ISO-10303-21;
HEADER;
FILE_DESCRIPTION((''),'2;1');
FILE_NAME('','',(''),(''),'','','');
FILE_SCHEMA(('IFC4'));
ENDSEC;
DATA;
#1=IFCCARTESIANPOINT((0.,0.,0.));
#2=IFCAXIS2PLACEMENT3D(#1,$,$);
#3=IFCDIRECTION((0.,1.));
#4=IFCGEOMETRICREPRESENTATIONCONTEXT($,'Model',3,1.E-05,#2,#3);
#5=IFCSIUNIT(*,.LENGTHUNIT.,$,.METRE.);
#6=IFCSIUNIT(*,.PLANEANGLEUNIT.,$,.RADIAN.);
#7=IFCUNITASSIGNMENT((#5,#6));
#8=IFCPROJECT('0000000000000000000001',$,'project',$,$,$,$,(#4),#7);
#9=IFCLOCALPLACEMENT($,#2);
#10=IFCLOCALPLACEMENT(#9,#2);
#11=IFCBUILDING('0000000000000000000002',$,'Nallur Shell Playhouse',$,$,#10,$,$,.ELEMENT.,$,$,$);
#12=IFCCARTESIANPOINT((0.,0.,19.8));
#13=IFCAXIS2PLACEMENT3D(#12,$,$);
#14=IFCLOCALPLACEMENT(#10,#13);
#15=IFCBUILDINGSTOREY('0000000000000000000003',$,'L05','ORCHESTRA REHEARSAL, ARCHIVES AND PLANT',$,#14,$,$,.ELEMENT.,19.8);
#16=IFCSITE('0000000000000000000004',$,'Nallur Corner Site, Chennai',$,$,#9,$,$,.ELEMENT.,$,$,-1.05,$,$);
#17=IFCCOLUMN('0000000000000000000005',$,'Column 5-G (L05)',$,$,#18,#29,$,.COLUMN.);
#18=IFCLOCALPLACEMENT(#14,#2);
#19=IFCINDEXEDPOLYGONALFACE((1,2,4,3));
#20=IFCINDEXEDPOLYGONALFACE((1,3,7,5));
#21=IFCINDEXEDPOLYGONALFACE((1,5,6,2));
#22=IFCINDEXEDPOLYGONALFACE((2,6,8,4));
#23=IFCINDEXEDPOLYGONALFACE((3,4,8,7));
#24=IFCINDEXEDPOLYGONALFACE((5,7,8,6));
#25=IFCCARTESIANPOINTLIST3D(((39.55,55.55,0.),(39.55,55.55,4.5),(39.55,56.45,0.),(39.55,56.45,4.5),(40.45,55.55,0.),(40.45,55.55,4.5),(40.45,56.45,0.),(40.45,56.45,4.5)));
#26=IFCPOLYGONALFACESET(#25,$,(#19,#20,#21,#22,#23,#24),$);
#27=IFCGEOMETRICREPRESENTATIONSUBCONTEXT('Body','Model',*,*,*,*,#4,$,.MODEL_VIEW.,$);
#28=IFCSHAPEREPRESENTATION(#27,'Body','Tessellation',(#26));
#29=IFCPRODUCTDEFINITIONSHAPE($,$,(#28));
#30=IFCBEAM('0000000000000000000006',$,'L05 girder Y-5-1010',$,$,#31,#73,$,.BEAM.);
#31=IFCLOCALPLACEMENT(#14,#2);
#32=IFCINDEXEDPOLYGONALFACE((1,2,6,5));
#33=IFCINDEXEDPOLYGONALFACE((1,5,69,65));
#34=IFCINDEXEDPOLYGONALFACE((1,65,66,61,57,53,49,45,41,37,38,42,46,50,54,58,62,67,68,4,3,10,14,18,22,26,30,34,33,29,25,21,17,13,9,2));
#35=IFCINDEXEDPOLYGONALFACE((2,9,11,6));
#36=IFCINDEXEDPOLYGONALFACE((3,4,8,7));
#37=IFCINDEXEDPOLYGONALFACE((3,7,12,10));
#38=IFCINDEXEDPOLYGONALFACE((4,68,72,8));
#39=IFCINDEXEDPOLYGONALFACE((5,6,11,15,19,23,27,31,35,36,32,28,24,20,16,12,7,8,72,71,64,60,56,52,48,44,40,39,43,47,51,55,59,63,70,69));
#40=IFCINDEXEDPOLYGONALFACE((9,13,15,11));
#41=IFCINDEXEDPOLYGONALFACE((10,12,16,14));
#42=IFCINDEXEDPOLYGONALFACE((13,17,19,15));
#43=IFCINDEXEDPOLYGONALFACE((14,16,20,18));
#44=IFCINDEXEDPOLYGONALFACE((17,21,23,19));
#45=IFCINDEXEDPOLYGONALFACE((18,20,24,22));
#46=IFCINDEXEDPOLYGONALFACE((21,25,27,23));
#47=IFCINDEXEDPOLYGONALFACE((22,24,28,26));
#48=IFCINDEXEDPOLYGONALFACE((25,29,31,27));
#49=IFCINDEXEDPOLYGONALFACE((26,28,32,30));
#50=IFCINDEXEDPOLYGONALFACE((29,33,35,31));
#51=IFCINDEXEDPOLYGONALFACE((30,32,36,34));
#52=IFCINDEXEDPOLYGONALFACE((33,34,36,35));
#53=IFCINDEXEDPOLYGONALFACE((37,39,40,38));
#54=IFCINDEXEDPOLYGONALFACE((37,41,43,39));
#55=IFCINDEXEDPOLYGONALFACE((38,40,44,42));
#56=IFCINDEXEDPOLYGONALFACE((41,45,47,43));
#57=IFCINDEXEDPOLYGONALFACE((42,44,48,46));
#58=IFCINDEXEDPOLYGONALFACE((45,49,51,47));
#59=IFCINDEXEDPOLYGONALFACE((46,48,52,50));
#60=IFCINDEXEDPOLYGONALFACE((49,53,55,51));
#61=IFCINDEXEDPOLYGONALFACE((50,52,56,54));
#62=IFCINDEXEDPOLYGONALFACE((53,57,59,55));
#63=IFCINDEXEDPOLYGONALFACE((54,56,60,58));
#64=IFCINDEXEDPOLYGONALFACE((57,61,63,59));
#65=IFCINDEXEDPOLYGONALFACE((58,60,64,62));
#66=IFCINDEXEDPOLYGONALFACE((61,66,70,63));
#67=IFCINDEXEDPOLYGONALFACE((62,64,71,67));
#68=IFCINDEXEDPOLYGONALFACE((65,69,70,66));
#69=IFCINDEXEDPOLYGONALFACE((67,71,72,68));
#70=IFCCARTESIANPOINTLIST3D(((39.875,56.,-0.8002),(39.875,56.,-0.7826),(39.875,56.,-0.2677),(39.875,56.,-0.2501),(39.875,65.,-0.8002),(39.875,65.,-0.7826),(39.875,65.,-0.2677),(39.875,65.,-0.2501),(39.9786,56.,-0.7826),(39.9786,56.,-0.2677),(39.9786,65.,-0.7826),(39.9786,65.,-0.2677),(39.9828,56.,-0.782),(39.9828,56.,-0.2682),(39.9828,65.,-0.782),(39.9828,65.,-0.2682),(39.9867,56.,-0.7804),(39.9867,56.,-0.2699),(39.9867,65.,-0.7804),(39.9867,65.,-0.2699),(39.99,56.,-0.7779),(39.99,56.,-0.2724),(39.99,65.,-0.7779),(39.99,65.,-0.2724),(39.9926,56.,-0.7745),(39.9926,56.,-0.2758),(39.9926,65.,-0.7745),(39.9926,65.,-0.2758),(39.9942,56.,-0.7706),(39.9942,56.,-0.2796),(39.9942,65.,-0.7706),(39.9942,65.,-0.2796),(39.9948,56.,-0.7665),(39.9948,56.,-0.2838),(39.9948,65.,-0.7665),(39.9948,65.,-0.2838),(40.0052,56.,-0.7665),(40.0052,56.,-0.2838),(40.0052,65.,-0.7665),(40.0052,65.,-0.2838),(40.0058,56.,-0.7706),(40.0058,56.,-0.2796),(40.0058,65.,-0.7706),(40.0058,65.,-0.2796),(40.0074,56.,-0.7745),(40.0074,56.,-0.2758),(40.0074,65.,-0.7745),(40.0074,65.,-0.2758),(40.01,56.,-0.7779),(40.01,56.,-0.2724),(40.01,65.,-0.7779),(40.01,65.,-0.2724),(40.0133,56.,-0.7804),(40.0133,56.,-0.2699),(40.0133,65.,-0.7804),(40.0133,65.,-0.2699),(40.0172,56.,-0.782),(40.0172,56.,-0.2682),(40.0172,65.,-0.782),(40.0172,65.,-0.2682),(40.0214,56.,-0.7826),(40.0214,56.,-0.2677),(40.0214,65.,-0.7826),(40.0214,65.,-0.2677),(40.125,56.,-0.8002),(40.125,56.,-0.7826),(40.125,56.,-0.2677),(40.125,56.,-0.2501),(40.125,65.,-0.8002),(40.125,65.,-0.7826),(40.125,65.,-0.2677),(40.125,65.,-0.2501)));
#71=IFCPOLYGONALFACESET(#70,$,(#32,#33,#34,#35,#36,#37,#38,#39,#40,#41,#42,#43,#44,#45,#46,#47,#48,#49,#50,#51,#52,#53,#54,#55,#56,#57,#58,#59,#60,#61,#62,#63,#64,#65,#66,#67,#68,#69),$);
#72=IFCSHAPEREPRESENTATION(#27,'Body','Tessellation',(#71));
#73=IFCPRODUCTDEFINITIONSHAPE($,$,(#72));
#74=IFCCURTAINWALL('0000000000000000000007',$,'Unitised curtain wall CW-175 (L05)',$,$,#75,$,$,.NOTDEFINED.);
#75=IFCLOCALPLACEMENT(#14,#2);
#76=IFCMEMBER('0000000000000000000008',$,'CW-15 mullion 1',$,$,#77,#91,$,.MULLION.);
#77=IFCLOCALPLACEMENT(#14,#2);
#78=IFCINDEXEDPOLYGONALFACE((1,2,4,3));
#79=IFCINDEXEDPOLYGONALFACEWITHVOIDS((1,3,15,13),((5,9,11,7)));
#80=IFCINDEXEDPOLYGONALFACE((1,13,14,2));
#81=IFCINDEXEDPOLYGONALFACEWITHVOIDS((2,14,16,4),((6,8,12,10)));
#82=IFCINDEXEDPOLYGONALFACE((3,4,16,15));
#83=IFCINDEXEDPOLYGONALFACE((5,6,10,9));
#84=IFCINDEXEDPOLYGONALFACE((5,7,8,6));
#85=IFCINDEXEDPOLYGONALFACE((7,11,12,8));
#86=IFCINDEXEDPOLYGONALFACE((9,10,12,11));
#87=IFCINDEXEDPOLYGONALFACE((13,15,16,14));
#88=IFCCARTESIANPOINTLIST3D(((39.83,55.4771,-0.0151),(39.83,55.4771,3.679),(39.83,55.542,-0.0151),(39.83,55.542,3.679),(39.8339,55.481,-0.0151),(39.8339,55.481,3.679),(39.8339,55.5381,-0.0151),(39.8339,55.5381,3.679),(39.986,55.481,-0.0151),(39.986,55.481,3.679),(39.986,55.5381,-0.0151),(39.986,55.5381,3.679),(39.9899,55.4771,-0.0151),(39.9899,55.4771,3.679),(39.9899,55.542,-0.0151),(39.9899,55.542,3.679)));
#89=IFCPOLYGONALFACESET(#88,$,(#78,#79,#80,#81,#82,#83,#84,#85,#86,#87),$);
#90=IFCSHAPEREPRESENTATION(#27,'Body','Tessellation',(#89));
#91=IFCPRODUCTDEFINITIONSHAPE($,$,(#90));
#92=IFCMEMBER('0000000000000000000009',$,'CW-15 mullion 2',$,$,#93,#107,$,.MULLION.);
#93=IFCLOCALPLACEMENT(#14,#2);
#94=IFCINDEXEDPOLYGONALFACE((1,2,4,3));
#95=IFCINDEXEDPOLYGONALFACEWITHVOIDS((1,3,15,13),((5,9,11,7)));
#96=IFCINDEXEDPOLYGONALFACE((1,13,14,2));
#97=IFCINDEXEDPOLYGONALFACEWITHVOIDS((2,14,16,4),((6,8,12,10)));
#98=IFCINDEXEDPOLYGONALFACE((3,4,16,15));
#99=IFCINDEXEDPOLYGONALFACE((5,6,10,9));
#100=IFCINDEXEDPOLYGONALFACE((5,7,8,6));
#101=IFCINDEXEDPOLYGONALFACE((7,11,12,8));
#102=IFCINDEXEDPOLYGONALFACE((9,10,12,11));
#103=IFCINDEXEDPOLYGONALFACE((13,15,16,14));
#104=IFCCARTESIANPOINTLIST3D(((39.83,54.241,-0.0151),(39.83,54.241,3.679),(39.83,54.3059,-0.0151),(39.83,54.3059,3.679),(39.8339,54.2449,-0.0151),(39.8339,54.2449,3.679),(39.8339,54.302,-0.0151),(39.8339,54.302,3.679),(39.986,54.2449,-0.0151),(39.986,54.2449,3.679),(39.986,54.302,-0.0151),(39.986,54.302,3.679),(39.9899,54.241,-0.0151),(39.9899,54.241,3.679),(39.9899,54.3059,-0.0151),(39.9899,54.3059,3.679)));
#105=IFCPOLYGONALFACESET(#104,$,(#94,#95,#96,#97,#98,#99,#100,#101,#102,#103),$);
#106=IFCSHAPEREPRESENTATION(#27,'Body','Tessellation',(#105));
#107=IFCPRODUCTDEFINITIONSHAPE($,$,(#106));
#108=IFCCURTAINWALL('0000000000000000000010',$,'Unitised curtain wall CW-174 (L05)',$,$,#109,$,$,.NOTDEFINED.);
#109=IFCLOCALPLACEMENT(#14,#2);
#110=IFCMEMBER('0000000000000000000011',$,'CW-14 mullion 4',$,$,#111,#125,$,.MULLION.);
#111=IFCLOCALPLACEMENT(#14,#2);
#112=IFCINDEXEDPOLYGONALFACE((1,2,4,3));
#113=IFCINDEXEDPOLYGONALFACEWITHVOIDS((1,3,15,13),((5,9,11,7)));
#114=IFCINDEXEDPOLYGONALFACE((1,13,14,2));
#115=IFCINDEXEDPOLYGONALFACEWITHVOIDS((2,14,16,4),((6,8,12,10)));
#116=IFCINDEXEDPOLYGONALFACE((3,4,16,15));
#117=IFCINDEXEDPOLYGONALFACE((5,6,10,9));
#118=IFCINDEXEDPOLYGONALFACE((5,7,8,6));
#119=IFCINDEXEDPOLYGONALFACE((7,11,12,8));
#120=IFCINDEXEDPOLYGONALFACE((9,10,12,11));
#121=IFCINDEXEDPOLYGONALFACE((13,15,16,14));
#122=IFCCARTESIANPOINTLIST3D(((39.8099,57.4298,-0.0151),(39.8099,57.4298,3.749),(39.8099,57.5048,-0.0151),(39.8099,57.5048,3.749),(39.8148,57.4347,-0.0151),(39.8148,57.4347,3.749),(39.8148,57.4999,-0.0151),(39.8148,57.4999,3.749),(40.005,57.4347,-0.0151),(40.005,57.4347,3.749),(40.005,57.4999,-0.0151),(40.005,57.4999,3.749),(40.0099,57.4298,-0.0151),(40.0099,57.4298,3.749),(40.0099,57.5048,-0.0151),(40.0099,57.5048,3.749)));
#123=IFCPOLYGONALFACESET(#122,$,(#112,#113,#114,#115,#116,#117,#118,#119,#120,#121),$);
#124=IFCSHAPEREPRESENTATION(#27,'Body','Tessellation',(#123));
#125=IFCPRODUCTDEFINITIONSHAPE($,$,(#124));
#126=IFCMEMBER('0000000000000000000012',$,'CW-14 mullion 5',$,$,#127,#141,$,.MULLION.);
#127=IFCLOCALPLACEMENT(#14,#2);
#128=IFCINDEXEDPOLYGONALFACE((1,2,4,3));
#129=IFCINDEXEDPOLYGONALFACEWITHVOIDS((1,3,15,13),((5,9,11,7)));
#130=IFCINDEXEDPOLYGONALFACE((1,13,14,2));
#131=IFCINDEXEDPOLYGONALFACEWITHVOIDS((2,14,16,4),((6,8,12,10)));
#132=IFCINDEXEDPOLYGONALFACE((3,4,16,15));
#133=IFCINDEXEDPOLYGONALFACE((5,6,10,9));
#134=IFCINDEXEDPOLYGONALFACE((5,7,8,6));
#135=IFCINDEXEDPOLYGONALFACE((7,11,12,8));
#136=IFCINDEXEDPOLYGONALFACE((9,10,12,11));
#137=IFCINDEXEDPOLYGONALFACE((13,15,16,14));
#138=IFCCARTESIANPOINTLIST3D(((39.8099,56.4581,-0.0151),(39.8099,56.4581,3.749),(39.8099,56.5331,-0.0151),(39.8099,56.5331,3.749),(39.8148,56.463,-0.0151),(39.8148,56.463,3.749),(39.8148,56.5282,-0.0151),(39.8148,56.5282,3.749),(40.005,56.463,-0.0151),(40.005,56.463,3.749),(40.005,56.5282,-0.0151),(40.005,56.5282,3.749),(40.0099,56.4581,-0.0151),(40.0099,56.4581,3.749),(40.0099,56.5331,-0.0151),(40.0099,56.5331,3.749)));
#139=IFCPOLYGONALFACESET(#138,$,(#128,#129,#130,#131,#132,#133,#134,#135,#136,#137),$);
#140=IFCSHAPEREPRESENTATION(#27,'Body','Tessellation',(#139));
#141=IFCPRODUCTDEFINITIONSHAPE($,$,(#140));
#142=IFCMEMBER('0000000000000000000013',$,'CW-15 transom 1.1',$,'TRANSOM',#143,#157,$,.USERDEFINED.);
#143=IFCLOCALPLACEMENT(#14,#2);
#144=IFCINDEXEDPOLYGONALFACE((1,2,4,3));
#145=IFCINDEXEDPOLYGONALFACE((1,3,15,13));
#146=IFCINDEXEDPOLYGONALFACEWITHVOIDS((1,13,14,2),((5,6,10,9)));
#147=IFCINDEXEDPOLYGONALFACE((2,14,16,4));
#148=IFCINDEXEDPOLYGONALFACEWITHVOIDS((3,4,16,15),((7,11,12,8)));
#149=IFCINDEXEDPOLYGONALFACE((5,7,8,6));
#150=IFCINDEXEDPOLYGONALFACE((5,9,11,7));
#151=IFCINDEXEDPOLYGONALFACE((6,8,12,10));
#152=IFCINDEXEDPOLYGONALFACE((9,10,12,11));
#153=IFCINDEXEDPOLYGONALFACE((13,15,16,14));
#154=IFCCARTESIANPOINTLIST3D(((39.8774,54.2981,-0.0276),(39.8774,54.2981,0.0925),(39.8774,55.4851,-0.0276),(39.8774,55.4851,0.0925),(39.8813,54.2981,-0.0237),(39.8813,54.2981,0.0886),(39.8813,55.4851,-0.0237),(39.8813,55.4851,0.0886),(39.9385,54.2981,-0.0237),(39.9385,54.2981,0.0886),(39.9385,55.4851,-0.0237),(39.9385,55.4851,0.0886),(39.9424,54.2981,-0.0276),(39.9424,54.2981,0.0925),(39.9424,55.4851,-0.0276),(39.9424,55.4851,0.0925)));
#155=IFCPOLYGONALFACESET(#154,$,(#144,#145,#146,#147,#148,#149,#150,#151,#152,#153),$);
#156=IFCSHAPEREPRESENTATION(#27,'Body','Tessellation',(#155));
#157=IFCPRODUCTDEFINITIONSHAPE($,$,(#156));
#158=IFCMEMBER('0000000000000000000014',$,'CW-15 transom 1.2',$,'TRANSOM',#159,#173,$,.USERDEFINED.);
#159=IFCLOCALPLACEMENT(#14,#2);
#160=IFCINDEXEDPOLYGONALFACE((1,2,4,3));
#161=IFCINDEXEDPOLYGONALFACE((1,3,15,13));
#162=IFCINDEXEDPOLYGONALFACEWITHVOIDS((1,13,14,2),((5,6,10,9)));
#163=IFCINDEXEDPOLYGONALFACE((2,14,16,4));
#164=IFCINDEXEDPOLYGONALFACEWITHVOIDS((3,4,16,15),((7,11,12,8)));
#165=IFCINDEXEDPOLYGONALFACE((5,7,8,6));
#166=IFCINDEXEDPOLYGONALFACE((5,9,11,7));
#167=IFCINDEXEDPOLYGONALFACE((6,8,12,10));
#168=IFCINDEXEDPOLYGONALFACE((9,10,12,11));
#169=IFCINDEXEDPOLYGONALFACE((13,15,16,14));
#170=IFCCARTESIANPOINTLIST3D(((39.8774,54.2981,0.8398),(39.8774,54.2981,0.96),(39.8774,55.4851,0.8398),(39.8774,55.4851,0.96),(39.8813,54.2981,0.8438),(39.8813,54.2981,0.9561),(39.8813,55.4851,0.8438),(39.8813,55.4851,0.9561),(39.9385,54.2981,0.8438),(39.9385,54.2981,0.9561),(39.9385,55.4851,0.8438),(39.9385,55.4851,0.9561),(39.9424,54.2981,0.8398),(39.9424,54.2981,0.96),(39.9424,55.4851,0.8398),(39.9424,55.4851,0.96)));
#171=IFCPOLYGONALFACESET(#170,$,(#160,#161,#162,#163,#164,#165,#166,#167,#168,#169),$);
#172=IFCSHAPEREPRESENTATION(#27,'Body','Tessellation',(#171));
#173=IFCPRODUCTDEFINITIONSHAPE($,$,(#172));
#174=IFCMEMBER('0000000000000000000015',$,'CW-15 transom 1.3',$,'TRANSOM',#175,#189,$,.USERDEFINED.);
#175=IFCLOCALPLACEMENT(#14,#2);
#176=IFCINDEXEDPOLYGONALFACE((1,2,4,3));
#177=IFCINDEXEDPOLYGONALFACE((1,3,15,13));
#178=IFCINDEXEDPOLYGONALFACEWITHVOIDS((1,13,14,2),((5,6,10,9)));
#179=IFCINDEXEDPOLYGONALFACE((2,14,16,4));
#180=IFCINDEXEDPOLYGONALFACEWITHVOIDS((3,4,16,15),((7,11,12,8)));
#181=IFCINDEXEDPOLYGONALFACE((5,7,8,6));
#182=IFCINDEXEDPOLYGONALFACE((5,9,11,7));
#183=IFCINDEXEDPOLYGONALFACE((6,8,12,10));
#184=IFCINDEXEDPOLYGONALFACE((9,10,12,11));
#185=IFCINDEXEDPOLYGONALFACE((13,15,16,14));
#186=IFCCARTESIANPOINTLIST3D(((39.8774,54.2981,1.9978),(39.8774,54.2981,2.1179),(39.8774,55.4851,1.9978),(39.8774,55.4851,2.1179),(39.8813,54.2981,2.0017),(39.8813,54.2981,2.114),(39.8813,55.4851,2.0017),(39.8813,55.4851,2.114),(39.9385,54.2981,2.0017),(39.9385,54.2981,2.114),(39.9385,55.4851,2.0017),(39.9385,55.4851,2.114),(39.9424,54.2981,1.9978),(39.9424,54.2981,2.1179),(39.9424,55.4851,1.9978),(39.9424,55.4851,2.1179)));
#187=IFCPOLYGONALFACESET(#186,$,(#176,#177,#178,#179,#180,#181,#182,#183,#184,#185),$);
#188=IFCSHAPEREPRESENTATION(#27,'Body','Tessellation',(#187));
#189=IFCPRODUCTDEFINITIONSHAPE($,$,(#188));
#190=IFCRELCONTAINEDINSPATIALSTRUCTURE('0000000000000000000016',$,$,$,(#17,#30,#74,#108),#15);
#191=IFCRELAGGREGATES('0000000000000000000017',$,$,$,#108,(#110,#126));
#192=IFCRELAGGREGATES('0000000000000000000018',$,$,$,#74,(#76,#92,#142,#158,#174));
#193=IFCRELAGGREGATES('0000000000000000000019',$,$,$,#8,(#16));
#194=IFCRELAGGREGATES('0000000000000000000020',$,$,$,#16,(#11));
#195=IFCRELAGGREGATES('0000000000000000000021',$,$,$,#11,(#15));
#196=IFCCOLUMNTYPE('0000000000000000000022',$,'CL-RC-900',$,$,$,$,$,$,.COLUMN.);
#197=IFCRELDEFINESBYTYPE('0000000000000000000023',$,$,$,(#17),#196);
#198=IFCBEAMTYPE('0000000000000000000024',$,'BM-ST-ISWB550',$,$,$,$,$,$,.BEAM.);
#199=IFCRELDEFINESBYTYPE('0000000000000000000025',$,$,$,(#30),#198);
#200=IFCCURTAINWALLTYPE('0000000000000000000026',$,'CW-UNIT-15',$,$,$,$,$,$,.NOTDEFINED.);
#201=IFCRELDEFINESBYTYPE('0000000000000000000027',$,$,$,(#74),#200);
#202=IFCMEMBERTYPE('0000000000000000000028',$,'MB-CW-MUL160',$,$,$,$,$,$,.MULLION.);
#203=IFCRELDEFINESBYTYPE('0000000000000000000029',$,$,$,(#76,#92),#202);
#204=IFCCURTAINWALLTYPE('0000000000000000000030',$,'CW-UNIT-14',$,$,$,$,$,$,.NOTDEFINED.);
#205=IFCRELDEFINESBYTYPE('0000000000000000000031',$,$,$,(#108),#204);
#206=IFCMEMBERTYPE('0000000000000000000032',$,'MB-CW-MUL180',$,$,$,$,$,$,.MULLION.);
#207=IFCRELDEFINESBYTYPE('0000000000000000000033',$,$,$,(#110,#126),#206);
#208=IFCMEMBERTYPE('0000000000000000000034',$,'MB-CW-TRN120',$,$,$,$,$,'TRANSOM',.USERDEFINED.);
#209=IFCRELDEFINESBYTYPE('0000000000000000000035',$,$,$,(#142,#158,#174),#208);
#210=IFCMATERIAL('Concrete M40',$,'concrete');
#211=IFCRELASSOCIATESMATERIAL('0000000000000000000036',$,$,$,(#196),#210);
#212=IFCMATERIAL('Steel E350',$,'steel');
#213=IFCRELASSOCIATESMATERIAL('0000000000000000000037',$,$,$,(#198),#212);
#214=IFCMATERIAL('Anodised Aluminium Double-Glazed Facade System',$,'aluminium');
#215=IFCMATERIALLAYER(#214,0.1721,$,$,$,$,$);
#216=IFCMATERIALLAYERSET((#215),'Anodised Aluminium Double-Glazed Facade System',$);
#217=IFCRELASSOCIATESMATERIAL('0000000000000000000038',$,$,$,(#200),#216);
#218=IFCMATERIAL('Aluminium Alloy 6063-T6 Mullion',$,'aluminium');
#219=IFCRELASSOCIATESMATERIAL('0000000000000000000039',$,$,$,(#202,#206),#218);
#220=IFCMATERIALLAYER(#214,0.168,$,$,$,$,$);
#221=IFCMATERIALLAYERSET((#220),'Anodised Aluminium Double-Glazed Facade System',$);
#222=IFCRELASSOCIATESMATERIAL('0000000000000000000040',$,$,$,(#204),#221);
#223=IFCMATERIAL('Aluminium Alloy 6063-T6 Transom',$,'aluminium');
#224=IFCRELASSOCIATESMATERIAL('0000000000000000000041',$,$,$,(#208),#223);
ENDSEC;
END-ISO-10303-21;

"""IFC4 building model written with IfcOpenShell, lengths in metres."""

from ifc_helpers import new_model, si_unit, direction, frame, origin, origin_2d, place, context, subcontext, project, spatial, rectangle, hollow_rectangle, i_section, extrude, material, layer, layer_set, material_profile, profile_set, type_object, element, aggregate, save


model = new_model("IFC4")

# Units and contexts
model_context = context("Model", 3, precision=1e-05, world=origin(), true_north=direction((0.0, 1.0)))
body_context = subcontext(model_context, "Body", "Model", "MODEL_VIEW")
ifc_project = project(units=[si_unit("LENGTHUNIT", "METRE"), si_unit("PLANEANGLEUNIT", "RADIAN")], contexts=[model_context])

# Site, building, storey
site_placement = place(None, origin())
site = spatial("IfcSite", under=ifc_project, at=site_placement, Name="Nallur Corner Site, Chennai", CompositionType="ELEMENT", RefElevation=-1.05)
building_placement = place(site_placement, origin())
building = spatial("IfcBuilding", under=site, at=building_placement, Name="Nallur Shell Playhouse", CompositionType="ELEMENT")
storey_placement = place(building_placement, frame((0.0, 0.0, 19.8)))
storey = spatial("IfcBuildingStorey", under=building, at=storey_placement, Name="L05", Description="ORCHESTRA REHEARSAL, ARCHIVES AND PLANT", CompositionType="ELEMENT", Elevation=19.8)

# Column
ifc_material_1 = material(Name="Concrete M40", Category="concrete")
ifc_material_profile_1 = material_profile(ifc_material_1, rectangle(XDim=0.8999, YDim=0.8999, at=origin_2d()), Name="RC 900x900")
ifc_profile_set_1 = profile_set([ifc_material_profile_1], Name="Concrete M40")
column_type = type_object("IfcColumnType", Name="CL-RC-900", PredefinedType="COLUMN", material=ifc_profile_set_1)
column_placement = place(storey_placement, frame((40.0, 56.0, 0.0), z_axis=(0.0, 0.0, 1.0), x_axis=(1.0, 0.0, 0.0)))
element("IfcColumn", 1, at=column_placement, inside=storey, type_object=column_type, Name="Column 5-G (L05)", PredefinedType="COLUMN", context=body_context, shape_type="SweptSolid", body=[
    extrude(rectangle(XDim=0.8999, YDim=0.8999, at=origin_2d()), origin(), (0.0, 0.0, 1.0), 4.5),
])

# Beam
ifc_material_2 = material(Name="Steel E350", Category="steel")
ifc_material_profile_2 = material_profile(ifc_material_2, i_section(OverallWidth=0.25, OverallDepth=0.55, WebThickness=0.0105, FlangeThickness=0.0176, FilletRadius=0.0161, at=origin_2d()), Name="ISWB 550")
ifc_profile_set_2 = profile_set([ifc_material_profile_2], Name="Steel E350")
beam_type = type_object("IfcBeamType", Name="BM-ST-ISWB550", PredefinedType="BEAM", material=ifc_profile_set_2)
beam_placement = place(storey_placement, frame((40.0, 56.0, -0.5251), z_axis=(0.0, 1.0, 0.0), x_axis=(-1.0, 0.0, 0.0)))
element("IfcBeam", 2, at=beam_placement, inside=storey, type_object=beam_type, Name="L05 girder Y-5-1010", PredefinedType="BEAM", context=body_context, shape_type="SweptSolid", body=[
    extrude(i_section(OverallWidth=0.25, OverallDepth=0.55, WebThickness=0.0105, FlangeThickness=0.0176, FilletRadius=0.0161, at=origin_2d()), origin(), (0.0, 0.0, 1.0), 9.0),
])

# Curtain walls, members
ifc_material_3 = material(Name="Anodised Aluminium Double-Glazed Facade System", Category="aluminium")
ifc_layer_1 = layer(ifc_material_3, 0.1721)
ifc_layer_set_1 = layer_set([ifc_layer_1], Name="Anodised Aluminium Double-Glazed Facade System")
curtain_wall_type_1 = type_object("IfcCurtainWallType", Name="CW-UNIT-15", PredefinedType="NOTDEFINED", material=ifc_layer_set_1)
curtain_wall_1_placement = place(storey_placement, origin())
curtain_wall_1 = element("IfcCurtainWall", 3, at=curtain_wall_1_placement, inside=storey, type_object=curtain_wall_type_1, Name="Unitised curtain wall CW-175 (L05)", PredefinedType="NOTDEFINED")
ifc_material_4 = material(Name="Aluminium Alloy 6063-T6 Mullion", Category="aluminium")
ifc_material_profile_3 = material_profile(ifc_material_4, hollow_rectangle(XDim=0.0649, YDim=0.1599, WallThickness=0.0039, at=origin_2d()), Name="ALU 65x160x4")
ifc_profile_set_3 = profile_set([ifc_material_profile_3], Name="Aluminium Alloy 6063-T6 Mullion")
member_type_1 = type_object("IfcMemberType", Name="MB-CW-MUL160", PredefinedType="MULLION", material=ifc_profile_set_3)
member_1_placement = place(storey_placement, frame((39.9099, 55.5095, -0.0151), z_axis=(0.0, 0.0, 1.0), x_axis=(0.0, -1.0, 0.0)))
member_1 = element("IfcMember", 4, at=member_1_placement, type_object=member_type_1, Name="CW-15 mullion 1", PredefinedType="MULLION", context=body_context, shape_type="SweptSolid", body=[
    extrude(hollow_rectangle(XDim=0.0649, YDim=0.1599, WallThickness=0.0039, at=origin_2d()), origin(), (0.0, 0.0, 1.0), 3.6941),
])
member_2_placement = place(storey_placement, frame((39.9099, 54.2734, -0.0151), z_axis=(0.0, 0.0, 1.0), x_axis=(0.0, -1.0, 0.0)))
member_2 = element("IfcMember", 5, at=member_2_placement, type_object=member_type_1, Name="CW-15 mullion 2", PredefinedType="MULLION", context=body_context, shape_type="SweptSolid", body=[
    extrude(hollow_rectangle(XDim=0.0649, YDim=0.1599, WallThickness=0.0039, at=origin_2d()), origin(), (0.0, 0.0, 1.0), 3.6941),
])
ifc_layer_2 = layer(ifc_material_3, 0.168)
ifc_layer_set_2 = layer_set([ifc_layer_2], Name="Anodised Aluminium Double-Glazed Facade System")
curtain_wall_type_2 = type_object("IfcCurtainWallType", Name="CW-UNIT-14", PredefinedType="NOTDEFINED", material=ifc_layer_set_2)
curtain_wall_2_placement = place(storey_placement, origin())
curtain_wall_2 = element("IfcCurtainWall", 6, at=curtain_wall_2_placement, inside=storey, type_object=curtain_wall_type_2, Name="Unitised curtain wall CW-174 (L05)", PredefinedType="NOTDEFINED")
ifc_material_profile_4 = material_profile(ifc_material_4, hollow_rectangle(XDim=0.075, YDim=0.2, WallThickness=0.0049, at=origin_2d()), Name="ALU 75x200x5")
ifc_profile_set_4 = profile_set([ifc_material_profile_4], Name="Aluminium Alloy 6063-T6 Mullion")
member_type_2 = type_object("IfcMemberType", Name="MB-CW-MUL180", PredefinedType="MULLION", material=ifc_profile_set_4)
member_3_placement = place(storey_placement, frame((39.9099, 57.4673, -0.0151), z_axis=(0.0, 0.0, 1.0), x_axis=(0.0, -1.0, 0.0)))
member_3 = element("IfcMember", 7, at=member_3_placement, type_object=member_type_2, Name="CW-14 mullion 4", PredefinedType="MULLION", context=body_context, shape_type="SweptSolid", body=[
    extrude(hollow_rectangle(XDim=0.075, YDim=0.2, WallThickness=0.0049, at=origin_2d()), origin(), (0.0, 0.0, 1.0), 3.7642),
])
member_4_placement = place(storey_placement, frame((39.9099, 56.4956, -0.0151), z_axis=(0.0, 0.0, 1.0), x_axis=(0.0, -1.0, 0.0)))
member_4 = element("IfcMember", 8, at=member_4_placement, type_object=member_type_2, Name="CW-14 mullion 5", PredefinedType="MULLION", context=body_context, shape_type="SweptSolid", body=[
    extrude(hollow_rectangle(XDim=0.075, YDim=0.2, WallThickness=0.0049, at=origin_2d()), origin(), (0.0, 0.0, 1.0), 3.7642),
])

# Members
ifc_material_5 = material(Name="Aluminium Alloy 6063-T6 Transom", Category="aluminium")
ifc_material_profile_5 = material_profile(ifc_material_5, hollow_rectangle(XDim=0.0649, YDim=0.1201, WallThickness=0.0039, at=origin_2d()), Name="ALU 65x120x4")
ifc_profile_set_5 = profile_set([ifc_material_profile_5], Name="Aluminium Alloy 6063-T6 Transom")
member_type_3 = type_object("IfcMemberType", Name="MB-CW-TRN120", ElementType="TRANSOM", PredefinedType="USERDEFINED", material=ifc_profile_set_5)
member_5_placement = place(storey_placement, frame((39.9099, 55.4851, 0.0325), z_axis=(0.0, -1.0, 0.0), x_axis=(1.0, 0.0, 0.0)))
member_5 = element("IfcMember", 9, at=member_5_placement, type_object=member_type_3, Name="CW-15 transom 1.1", ObjectType="TRANSOM", PredefinedType="USERDEFINED", context=body_context, shape_type="SweptSolid", body=[
    extrude(hollow_rectangle(XDim=0.0649, YDim=0.1201, WallThickness=0.0039, at=origin_2d()), origin(), (0.0, 0.0, 1.0), 1.187),
])
member_6_placement = place(storey_placement, frame((39.9099, 55.4851, 0.8999), z_axis=(0.0, -1.0, 0.0), x_axis=(1.0, 0.0, 0.0)))
member_6 = element("IfcMember", 10, at=member_6_placement, type_object=member_type_3, Name="CW-15 transom 1.2", ObjectType="TRANSOM", PredefinedType="USERDEFINED", context=body_context, shape_type="SweptSolid", body=[
    extrude(hollow_rectangle(XDim=0.0649, YDim=0.1201, WallThickness=0.0039, at=origin_2d()), origin(), (0.0, 0.0, 1.0), 1.187),
])
member_7_placement = place(storey_placement, frame((39.9099, 55.4851, 2.0579), z_axis=(0.0, -1.0, 0.0), x_axis=(1.0, 0.0, 0.0)))
member_7 = element("IfcMember", 11, at=member_7_placement, type_object=member_type_3, Name="CW-15 transom 1.3", ObjectType="TRANSOM", PredefinedType="USERDEFINED", context=body_context, shape_type="SweptSolid", body=[
    extrude(hollow_rectangle(XDim=0.0649, YDim=0.1201, WallThickness=0.0039, at=origin_2d()), origin(), (0.0, 0.0, 1.0), 1.187),
])

aggregate(curtain_wall_2, [member_3, member_4])
aggregate(curtain_wall_1, [member_1, member_2, member_5, member_6, member_7])

save(model, "model.ifc")
